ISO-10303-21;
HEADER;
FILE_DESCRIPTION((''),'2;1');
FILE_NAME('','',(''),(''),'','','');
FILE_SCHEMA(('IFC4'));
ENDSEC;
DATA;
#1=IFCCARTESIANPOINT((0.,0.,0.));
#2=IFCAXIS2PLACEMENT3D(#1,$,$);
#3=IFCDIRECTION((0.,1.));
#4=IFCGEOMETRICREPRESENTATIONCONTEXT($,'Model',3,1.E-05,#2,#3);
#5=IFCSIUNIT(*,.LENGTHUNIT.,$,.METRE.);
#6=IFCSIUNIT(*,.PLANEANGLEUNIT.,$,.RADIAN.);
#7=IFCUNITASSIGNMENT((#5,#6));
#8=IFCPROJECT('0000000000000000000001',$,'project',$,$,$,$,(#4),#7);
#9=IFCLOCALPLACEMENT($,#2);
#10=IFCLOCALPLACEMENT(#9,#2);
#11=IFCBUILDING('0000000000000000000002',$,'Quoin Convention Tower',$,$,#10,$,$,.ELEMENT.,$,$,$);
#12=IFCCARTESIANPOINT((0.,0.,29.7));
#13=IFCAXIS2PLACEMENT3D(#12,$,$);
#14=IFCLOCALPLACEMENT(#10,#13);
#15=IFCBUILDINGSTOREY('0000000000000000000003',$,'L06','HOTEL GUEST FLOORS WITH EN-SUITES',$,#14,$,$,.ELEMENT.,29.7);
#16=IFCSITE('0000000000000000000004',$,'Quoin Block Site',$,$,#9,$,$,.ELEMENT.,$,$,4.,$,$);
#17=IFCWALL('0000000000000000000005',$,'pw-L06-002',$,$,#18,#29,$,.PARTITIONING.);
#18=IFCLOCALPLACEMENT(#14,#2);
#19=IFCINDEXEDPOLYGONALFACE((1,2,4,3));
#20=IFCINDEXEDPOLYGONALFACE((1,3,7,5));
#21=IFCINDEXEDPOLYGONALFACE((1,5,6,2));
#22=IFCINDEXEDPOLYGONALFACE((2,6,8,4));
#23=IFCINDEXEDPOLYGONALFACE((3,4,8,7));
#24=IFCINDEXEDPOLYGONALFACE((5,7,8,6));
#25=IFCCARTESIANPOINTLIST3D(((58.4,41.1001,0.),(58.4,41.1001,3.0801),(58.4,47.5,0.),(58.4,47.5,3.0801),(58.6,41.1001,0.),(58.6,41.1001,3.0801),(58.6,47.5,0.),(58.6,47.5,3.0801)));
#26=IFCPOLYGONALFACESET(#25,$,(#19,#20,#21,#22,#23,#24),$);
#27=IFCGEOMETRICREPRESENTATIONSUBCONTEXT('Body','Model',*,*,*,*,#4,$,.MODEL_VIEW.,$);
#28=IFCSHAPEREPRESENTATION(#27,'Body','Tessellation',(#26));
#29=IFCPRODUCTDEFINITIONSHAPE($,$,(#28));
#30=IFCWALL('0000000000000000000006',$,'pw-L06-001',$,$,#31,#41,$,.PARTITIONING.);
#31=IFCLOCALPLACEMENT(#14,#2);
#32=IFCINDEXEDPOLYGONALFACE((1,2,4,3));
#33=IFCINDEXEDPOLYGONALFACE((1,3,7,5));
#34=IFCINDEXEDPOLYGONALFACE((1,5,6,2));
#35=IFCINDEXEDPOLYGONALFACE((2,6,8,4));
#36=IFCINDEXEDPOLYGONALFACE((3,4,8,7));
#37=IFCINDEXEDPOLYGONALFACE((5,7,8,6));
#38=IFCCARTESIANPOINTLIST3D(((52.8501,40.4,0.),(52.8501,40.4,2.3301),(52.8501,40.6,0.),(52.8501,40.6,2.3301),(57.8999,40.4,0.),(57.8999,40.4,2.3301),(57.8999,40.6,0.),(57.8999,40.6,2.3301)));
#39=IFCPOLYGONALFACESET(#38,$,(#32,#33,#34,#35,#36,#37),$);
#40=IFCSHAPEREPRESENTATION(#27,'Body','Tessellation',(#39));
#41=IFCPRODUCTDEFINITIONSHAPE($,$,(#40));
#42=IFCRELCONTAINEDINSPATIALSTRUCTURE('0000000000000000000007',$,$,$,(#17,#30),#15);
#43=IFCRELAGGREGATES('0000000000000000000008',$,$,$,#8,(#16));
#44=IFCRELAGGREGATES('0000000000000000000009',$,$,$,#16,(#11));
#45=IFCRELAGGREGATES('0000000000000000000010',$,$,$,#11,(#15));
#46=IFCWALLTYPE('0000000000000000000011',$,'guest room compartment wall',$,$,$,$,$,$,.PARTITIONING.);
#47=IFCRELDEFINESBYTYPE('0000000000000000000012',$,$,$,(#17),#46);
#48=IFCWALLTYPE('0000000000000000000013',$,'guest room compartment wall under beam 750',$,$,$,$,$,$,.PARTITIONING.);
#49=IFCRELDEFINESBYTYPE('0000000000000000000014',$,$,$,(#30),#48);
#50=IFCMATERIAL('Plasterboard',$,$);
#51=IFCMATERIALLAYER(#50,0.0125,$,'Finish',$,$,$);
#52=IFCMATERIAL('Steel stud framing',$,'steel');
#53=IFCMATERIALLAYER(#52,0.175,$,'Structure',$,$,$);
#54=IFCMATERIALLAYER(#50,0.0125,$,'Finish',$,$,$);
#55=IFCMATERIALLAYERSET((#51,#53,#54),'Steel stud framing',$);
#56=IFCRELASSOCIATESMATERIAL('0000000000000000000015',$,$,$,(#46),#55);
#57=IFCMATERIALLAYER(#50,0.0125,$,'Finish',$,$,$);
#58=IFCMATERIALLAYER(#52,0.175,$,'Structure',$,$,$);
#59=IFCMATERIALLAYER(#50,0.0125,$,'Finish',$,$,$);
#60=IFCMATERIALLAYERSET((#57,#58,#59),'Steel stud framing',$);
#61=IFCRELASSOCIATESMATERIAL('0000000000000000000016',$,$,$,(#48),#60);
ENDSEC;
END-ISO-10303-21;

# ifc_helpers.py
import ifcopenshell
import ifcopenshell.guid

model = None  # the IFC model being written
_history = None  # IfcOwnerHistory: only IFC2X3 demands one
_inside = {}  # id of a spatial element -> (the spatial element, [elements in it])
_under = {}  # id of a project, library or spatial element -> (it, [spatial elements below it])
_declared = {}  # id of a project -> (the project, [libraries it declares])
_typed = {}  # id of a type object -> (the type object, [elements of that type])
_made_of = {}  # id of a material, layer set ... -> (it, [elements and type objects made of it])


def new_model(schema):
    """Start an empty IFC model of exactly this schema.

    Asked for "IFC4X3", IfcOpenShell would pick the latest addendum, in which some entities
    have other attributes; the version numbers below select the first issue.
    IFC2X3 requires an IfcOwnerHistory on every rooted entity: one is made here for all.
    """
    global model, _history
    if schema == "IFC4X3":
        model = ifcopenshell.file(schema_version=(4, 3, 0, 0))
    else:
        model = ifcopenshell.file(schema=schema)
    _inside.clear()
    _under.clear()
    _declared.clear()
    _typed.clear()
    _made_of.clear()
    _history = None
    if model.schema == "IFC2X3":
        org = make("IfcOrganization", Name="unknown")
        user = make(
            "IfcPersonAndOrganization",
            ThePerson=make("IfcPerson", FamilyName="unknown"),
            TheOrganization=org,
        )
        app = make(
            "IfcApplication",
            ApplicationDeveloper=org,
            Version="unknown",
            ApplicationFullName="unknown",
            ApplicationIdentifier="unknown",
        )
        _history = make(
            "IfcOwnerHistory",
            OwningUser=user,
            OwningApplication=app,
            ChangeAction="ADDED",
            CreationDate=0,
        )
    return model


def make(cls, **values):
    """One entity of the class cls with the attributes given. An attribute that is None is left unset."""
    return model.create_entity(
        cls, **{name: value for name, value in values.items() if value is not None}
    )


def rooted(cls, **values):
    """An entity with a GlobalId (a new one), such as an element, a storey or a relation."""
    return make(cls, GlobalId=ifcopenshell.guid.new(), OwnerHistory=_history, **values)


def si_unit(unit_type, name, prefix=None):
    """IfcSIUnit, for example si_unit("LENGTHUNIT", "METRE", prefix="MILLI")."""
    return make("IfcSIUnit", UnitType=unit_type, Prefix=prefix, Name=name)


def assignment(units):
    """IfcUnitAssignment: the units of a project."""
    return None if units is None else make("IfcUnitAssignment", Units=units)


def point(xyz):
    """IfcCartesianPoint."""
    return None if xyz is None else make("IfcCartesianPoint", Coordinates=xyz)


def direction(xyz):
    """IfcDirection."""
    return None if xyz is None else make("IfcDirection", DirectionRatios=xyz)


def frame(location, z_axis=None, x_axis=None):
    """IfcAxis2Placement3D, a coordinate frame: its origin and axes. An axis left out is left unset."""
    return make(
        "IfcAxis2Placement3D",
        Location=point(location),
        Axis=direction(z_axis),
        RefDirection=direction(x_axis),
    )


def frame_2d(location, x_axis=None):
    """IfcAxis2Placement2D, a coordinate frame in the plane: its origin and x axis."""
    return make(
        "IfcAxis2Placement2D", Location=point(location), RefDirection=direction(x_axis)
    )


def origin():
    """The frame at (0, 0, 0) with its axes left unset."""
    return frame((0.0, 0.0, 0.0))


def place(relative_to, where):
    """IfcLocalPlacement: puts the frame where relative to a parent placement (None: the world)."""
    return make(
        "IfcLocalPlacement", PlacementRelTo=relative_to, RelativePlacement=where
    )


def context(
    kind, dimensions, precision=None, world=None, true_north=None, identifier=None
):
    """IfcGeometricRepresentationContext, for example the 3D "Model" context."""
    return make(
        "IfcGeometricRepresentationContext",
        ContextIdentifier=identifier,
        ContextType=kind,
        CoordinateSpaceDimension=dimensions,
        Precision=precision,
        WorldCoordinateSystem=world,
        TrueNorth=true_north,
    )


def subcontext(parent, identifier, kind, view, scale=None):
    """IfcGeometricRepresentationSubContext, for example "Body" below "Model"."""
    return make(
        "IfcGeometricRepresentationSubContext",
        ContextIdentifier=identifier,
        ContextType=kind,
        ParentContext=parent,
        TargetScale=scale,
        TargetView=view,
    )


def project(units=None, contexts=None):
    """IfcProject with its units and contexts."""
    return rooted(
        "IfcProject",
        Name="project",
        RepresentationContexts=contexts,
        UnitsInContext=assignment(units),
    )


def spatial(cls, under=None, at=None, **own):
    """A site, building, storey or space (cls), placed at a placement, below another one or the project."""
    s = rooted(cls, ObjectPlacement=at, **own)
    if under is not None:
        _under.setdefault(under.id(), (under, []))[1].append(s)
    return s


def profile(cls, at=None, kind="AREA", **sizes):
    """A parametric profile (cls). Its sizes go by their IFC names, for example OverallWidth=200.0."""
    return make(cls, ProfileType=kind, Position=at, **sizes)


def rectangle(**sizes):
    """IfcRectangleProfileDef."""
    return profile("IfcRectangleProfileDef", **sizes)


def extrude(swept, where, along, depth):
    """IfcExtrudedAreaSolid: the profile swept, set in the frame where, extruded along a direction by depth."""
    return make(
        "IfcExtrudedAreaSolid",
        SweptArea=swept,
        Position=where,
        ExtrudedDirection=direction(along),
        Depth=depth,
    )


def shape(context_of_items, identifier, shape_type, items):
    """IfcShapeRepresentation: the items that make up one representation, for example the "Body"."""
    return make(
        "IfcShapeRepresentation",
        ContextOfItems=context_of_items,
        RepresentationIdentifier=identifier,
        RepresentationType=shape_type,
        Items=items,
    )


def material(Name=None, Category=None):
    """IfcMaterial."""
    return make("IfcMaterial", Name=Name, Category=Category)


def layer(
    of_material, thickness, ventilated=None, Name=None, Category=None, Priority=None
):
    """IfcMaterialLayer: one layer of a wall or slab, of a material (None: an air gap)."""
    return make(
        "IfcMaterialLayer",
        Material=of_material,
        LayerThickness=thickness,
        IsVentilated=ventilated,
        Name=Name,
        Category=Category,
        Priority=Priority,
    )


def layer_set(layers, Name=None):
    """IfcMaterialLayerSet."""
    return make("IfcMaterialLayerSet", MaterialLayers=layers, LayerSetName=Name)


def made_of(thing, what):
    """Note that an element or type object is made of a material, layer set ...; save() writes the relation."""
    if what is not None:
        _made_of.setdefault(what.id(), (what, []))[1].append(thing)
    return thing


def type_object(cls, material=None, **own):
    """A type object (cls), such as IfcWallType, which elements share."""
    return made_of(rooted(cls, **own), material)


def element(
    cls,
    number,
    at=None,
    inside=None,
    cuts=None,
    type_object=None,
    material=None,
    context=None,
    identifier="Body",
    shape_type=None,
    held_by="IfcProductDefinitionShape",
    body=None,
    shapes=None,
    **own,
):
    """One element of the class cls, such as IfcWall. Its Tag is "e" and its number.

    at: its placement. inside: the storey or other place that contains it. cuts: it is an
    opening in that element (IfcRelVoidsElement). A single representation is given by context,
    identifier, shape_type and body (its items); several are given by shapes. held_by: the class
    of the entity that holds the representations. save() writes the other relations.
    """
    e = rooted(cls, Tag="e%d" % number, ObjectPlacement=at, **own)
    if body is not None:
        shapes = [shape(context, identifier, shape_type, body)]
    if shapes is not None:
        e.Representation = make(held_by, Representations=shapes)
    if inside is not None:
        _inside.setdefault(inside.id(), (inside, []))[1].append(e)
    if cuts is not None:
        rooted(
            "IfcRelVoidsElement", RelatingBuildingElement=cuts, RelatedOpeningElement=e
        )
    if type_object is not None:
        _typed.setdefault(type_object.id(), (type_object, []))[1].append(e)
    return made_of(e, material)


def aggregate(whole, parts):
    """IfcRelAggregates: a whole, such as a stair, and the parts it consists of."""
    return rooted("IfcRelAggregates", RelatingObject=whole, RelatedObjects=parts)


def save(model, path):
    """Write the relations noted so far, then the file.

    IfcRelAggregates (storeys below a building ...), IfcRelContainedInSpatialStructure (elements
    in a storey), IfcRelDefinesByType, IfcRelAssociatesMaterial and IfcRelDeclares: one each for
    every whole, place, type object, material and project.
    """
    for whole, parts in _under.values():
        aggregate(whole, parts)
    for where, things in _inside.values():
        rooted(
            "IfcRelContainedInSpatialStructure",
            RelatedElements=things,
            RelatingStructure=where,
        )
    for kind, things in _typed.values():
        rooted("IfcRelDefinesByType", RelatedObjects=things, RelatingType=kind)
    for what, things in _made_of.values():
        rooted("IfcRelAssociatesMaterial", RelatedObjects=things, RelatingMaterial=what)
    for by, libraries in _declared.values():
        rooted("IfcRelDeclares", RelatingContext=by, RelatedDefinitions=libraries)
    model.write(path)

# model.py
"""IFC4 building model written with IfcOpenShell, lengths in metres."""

from ifc_helpers import new_model, si_unit, direction, frame, frame_2d, origin, place, context, subcontext, project, spatial, rectangle, extrude, material, layer, layer_set, type_object, element, save


model = new_model("IFC4")

# Units and contexts
model_context = context("Model", 3, precision=1e-05, world=origin(), true_north=direction((0.0, 1.0)))
body_context = subcontext(model_context, "Body", "Model", "MODEL_VIEW")
ifc_project = project(units=[si_unit("LENGTHUNIT", "METRE"), si_unit("PLANEANGLEUNIT", "RADIAN")], contexts=[model_context])

# Site, building, storey
site_placement = place(None, origin())
site = spatial("IfcSite", under=ifc_project, at=site_placement, Name="Quoin Block Site", CompositionType="ELEMENT", RefElevation=4.0)
building_placement = place(site_placement, origin())
building = spatial("IfcBuilding", under=site, at=building_placement, Name="Quoin Convention Tower", CompositionType="ELEMENT")
storey_placement = place(building_placement, frame((0.0, 0.0, 29.7)))
storey = spatial("IfcBuildingStorey", under=building, at=storey_placement, Name="L06", Description="HOTEL GUEST FLOORS WITH EN-SUITES", CompositionType="ELEMENT", Elevation=29.7)

# Walls
ifc_material_1 = material(Name="Plasterboard")
ifc_layer_1 = layer(ifc_material_1, 0.0125, Name="Finish")
ifc_material_2 = material(Name="Steel stud framing", Category="steel")
ifc_layer_2 = layer(ifc_material_2, 0.175, Name="Structure")
ifc_layer_3 = layer(ifc_material_1, 0.0125, Name="Finish")
ifc_layer_set_1 = layer_set([ifc_layer_1, ifc_layer_2, ifc_layer_3], Name="Steel stud framing")
wall_type_1 = type_object("IfcWallType", Name="guest room compartment wall", PredefinedType="PARTITIONING", material=ifc_layer_set_1)
wall_1_placement = place(storey_placement, frame((58.5, 41.1001, 0.0), z_axis=(0.0, 0.0, 1.0), x_axis=(0.0, 1.0, 0.0)))
element("IfcWall", 1, at=wall_1_placement, inside=storey, type_object=wall_type_1, Name="pw-L06-002", PredefinedType="PARTITIONING", context=body_context, shape_type="SweptSolid", body=[
    extrude(rectangle(XDim=6.3999, YDim=0.2, at=frame_2d((3.2, 0.0))), origin(), (0.0, 0.0, 1.0), 3.0801),
])
ifc_layer_4 = layer(ifc_material_1, 0.0125, Name="Finish")
ifc_layer_5 = layer(ifc_material_2, 0.175, Name="Structure")
ifc_layer_6 = layer(ifc_material_1, 0.0125, Name="Finish")
ifc_layer_set_2 = layer_set([ifc_layer_4, ifc_layer_5, ifc_layer_6], Name="Steel stud framing")
wall_type_2 = type_object("IfcWallType", Name="guest room compartment wall under beam 750", PredefinedType="PARTITIONING", material=ifc_layer_set_2)
wall_2_placement = place(storey_placement, frame((52.8501, 40.5, 0.0), z_axis=(0.0, 0.0, 1.0), x_axis=(1.0, 0.0, 0.0)))
element("IfcWall", 2, at=wall_2_placement, inside=storey, type_object=wall_type_2, Name="pw-L06-001", PredefinedType="PARTITIONING", context=body_context, shape_type="SweptSolid", body=[
    extrude(rectangle(XDim=5.0498, YDim=0.2, at=frame_2d((2.5249, 0.0))), origin(), (0.0, 0.0, 1.0), 2.3301),
])

save(model, "model.ifc")
